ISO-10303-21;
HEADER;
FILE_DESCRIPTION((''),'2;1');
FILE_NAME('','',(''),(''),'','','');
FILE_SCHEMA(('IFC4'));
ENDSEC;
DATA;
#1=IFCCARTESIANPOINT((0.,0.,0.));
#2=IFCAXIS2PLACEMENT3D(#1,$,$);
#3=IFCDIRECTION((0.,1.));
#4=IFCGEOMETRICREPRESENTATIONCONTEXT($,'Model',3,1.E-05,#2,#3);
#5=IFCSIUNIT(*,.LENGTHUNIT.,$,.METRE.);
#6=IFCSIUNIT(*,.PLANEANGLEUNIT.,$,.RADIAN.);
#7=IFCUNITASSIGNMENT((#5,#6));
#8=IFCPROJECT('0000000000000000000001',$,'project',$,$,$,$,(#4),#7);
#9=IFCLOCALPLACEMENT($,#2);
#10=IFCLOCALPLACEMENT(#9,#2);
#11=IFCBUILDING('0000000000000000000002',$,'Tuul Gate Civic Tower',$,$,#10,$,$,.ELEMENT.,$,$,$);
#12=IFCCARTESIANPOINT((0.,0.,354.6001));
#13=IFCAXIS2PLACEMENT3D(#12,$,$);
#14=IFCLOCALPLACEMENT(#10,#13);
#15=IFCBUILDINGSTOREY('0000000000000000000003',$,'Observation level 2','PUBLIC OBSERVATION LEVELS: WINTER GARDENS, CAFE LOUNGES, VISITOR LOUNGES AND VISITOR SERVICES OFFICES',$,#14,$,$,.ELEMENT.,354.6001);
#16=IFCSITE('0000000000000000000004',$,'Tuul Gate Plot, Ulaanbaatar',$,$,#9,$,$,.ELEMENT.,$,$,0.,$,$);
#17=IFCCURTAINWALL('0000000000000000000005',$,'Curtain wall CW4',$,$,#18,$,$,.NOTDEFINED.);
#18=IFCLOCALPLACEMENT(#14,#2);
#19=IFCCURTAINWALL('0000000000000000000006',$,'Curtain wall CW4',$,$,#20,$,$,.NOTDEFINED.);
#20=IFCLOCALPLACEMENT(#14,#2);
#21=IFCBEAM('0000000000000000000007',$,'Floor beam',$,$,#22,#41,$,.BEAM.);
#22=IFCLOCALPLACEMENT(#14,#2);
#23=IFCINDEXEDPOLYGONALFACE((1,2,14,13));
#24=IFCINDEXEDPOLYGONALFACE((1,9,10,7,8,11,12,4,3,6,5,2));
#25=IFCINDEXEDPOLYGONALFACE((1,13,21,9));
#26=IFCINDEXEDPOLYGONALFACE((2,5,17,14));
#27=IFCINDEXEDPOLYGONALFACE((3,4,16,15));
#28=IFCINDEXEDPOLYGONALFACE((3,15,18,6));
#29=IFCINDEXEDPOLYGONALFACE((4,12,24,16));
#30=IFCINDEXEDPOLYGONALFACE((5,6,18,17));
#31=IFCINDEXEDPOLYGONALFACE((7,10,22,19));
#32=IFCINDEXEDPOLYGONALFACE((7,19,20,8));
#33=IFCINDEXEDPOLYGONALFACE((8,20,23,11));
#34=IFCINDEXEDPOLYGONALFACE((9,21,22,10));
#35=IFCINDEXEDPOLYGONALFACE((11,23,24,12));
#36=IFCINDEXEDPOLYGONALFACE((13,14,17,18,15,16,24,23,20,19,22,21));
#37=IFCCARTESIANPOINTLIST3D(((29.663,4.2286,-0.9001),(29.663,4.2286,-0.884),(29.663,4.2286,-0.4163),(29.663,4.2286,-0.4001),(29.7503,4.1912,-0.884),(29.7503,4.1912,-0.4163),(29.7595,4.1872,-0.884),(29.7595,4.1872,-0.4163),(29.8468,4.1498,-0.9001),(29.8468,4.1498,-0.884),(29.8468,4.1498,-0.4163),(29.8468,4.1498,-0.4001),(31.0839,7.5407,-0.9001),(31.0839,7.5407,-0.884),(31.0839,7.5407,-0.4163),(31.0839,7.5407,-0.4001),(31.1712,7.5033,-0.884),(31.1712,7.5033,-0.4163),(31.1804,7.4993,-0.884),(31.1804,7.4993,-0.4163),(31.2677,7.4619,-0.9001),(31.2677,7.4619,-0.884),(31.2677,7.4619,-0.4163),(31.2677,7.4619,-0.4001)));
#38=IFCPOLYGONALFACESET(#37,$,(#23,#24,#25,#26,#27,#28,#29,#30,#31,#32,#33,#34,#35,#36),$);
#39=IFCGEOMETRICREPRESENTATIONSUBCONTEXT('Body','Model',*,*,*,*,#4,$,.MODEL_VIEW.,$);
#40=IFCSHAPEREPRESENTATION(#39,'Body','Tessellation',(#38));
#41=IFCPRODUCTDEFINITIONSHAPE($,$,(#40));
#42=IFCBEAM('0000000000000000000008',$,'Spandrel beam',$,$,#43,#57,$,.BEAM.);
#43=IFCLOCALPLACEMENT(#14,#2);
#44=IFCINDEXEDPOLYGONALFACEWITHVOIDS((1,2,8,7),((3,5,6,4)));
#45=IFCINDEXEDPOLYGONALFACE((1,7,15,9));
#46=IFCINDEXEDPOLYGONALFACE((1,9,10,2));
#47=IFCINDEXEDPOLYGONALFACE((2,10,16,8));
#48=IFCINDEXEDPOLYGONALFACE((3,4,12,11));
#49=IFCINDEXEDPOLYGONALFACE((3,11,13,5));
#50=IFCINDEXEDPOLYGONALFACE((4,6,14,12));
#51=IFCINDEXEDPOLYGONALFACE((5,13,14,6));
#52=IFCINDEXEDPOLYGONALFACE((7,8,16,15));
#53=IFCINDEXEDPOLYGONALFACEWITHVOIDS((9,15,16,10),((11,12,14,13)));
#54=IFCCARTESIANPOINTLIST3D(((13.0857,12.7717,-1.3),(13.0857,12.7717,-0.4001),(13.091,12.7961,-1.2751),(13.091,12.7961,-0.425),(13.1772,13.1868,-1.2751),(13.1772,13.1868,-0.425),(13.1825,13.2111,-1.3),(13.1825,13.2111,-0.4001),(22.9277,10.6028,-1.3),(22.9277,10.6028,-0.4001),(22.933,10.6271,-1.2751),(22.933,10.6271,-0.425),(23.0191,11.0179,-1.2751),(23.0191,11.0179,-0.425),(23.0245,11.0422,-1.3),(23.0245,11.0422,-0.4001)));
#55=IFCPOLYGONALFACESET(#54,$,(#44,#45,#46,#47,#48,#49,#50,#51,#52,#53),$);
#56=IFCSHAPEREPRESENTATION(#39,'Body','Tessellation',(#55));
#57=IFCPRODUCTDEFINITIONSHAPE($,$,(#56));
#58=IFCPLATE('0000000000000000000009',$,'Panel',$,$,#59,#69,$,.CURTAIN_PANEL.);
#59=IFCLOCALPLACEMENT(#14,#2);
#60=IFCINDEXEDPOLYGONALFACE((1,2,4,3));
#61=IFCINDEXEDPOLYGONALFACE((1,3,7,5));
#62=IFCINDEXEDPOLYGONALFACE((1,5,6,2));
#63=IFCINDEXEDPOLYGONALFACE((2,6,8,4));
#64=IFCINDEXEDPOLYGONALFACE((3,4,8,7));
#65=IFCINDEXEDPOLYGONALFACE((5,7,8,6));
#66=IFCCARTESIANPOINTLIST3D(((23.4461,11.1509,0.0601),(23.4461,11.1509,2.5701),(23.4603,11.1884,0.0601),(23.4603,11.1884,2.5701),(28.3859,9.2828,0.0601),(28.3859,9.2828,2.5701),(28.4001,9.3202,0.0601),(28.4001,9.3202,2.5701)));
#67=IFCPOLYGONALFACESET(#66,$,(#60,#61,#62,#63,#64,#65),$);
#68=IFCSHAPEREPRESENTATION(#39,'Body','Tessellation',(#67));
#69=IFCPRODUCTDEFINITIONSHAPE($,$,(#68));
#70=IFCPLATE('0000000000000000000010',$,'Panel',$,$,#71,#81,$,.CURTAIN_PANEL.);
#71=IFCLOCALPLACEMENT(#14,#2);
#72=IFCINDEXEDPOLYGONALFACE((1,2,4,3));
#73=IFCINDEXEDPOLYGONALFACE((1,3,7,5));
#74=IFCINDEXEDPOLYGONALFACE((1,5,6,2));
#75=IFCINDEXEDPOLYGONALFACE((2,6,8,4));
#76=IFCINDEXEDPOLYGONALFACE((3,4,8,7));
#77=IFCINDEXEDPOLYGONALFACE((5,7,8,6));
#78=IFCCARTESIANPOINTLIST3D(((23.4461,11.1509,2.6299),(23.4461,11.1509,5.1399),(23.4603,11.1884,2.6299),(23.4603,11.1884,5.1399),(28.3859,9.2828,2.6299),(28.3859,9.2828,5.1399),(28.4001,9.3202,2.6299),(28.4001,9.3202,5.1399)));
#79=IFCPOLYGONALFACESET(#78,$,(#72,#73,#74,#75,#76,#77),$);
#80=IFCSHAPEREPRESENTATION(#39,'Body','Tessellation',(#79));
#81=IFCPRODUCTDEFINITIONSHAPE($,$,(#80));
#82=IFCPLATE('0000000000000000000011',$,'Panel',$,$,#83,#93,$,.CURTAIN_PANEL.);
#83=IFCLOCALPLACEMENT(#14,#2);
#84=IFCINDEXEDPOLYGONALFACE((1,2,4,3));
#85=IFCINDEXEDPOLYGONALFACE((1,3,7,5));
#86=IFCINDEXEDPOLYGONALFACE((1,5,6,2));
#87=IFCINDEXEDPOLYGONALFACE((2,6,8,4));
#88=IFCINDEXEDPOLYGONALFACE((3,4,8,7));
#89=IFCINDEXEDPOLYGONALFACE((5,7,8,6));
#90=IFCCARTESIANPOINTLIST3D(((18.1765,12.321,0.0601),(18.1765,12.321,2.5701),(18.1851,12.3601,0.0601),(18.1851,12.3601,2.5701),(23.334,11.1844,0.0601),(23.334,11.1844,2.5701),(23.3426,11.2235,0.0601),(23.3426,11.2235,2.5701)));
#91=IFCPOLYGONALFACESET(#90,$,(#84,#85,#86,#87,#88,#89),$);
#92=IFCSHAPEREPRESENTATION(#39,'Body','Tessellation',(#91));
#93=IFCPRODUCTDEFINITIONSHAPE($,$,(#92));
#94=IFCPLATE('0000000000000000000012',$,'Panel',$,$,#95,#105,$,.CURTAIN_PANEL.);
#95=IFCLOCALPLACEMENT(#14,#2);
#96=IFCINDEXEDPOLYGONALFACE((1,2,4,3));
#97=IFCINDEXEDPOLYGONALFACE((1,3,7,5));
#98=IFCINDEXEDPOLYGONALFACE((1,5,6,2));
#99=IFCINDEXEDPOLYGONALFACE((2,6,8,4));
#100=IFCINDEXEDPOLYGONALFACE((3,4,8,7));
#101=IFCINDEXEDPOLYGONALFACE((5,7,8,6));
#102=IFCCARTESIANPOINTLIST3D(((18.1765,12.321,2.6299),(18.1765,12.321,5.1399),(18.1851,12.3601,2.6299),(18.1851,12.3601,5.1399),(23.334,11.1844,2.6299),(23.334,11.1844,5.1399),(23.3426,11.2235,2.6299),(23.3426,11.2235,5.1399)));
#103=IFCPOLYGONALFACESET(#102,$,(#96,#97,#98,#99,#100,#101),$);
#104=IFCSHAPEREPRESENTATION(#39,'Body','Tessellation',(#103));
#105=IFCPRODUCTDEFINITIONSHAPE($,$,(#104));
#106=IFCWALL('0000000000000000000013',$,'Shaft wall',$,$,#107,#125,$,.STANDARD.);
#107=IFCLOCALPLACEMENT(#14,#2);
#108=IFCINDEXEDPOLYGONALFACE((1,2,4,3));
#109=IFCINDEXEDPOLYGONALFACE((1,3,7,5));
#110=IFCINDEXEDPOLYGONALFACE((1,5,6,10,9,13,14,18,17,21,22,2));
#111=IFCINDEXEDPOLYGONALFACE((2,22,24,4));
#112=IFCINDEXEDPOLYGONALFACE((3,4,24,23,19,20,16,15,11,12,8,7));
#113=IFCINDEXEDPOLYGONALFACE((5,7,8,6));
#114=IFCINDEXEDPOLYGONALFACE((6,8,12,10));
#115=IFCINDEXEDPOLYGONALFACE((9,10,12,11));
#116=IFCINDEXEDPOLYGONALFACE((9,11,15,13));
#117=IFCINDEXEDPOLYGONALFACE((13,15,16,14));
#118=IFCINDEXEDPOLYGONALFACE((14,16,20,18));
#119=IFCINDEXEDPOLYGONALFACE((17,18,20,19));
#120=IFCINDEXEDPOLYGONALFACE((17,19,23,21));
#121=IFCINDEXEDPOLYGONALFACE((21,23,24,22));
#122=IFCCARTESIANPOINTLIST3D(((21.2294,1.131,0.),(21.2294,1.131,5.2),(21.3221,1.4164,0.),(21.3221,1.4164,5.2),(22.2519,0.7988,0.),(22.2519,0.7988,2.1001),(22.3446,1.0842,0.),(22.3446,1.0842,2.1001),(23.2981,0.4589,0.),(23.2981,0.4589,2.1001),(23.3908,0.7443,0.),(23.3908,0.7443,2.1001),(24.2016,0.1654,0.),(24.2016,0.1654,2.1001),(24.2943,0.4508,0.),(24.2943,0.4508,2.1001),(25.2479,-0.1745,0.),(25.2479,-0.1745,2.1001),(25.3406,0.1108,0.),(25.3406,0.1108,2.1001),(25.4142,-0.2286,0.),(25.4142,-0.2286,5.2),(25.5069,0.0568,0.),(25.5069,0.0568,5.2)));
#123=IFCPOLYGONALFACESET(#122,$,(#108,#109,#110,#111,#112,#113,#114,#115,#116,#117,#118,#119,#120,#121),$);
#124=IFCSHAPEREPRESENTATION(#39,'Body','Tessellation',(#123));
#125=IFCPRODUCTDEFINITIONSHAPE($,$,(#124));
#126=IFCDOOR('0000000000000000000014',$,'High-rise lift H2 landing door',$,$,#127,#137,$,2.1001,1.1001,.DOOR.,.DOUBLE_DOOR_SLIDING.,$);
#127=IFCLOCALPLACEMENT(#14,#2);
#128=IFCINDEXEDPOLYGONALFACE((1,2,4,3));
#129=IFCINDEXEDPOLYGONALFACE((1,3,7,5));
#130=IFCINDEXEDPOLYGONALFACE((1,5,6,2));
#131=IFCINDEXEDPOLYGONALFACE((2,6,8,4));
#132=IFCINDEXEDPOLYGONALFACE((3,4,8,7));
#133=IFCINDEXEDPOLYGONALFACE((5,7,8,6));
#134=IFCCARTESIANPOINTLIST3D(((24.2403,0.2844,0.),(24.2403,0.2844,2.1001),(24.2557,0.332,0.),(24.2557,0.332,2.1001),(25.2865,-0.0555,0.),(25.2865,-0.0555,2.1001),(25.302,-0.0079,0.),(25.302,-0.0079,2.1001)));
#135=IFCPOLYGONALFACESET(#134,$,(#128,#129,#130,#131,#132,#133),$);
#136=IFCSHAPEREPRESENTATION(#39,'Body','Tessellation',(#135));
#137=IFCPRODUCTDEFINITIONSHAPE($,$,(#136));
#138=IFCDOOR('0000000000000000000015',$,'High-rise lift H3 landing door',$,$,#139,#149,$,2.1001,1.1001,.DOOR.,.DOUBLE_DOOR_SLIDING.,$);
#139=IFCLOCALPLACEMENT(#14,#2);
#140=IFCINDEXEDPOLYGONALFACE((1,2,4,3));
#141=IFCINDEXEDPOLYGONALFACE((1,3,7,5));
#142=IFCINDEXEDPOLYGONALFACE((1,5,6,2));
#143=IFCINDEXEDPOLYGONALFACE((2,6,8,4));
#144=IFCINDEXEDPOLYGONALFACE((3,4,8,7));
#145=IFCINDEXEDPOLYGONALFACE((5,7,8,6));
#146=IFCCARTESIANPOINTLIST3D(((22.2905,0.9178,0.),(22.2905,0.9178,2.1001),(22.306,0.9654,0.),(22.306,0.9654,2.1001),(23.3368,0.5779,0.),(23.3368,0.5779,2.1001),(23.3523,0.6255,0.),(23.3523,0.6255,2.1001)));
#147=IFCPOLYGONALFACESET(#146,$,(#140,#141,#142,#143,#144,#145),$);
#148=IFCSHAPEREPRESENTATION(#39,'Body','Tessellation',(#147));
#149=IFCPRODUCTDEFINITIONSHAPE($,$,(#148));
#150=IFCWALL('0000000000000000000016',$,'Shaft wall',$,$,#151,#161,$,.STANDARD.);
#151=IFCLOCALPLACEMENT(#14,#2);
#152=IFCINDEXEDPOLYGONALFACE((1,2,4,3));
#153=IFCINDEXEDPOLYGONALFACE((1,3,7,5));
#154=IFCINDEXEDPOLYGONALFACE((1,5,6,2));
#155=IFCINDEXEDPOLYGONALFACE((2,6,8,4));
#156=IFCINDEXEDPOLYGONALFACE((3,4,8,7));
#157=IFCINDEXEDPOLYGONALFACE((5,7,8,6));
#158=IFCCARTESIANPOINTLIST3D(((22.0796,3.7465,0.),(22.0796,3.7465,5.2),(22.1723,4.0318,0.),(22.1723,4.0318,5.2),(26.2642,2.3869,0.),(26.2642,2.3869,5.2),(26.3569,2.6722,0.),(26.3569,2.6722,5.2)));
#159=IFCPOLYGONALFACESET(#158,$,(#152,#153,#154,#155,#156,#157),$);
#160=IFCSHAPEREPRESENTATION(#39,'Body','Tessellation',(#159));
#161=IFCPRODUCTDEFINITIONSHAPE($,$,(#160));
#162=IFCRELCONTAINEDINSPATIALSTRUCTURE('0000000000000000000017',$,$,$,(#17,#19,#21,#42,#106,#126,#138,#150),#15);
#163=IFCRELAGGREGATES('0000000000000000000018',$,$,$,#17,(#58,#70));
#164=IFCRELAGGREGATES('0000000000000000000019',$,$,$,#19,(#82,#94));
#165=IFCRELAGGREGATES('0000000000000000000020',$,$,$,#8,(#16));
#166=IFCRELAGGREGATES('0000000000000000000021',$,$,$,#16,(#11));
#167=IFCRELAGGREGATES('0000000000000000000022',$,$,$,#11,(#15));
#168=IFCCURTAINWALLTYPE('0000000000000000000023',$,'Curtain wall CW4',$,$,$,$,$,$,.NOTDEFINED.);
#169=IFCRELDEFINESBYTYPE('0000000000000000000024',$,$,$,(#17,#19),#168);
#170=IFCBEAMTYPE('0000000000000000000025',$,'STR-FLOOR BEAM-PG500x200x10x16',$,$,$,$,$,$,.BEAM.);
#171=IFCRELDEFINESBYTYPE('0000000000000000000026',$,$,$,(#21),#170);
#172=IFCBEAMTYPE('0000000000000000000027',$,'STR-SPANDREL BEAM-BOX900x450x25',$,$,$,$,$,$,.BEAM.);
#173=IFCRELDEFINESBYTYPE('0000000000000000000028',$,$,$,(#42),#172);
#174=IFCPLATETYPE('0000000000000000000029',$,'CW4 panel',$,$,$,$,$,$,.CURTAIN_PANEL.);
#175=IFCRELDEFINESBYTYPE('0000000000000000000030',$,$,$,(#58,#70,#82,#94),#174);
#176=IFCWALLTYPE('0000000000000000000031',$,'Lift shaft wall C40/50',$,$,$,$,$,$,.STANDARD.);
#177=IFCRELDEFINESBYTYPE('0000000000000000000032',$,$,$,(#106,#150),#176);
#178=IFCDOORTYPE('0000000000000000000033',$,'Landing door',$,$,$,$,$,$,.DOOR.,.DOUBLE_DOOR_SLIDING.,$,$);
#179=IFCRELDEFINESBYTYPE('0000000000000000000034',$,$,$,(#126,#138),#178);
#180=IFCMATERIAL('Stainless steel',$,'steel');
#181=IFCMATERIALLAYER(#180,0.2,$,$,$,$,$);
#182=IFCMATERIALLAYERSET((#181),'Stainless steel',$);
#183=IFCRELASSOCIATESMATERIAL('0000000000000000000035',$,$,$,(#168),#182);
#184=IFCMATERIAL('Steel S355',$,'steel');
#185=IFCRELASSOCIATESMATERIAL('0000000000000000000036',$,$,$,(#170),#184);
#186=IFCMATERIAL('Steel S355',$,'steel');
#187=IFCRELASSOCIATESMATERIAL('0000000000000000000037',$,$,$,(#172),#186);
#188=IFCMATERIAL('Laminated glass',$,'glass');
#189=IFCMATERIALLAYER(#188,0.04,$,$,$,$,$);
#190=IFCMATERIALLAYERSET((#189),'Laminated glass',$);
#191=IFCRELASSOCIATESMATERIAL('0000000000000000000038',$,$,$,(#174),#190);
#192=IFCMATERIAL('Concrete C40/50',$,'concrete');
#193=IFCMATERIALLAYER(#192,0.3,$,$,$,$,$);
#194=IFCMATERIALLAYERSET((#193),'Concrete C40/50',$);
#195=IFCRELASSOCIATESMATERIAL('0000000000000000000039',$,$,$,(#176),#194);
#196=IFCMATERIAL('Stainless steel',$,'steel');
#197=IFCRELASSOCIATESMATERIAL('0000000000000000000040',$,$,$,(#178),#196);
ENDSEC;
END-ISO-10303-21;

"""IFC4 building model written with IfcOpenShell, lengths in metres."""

from ifc_helpers import new_model, si_unit, direction, frame, frame_2d, origin, origin_2d, place, context, subcontext, project, spatial, rectangle, hollow_rectangle, i_section, extrude, material, layer, layer_set, material_profile, profile_set, type_object, element, fill, aggregate, save


model = new_model("IFC4")

# Units and contexts
model_context = context("Model", 3, precision=1e-05, world=origin(), true_north=direction((0.0, 1.0)))
body_context = subcontext(model_context, "Body", "Model", "MODEL_VIEW")
ifc_project = project(units=[si_unit("LENGTHUNIT", "METRE"), si_unit("PLANEANGLEUNIT", "RADIAN")], contexts=[model_context])

# Site, building, storey
site_placement = place(None, origin())
site = spatial("IfcSite", under=ifc_project, at=site_placement, Name="Tuul Gate Plot, Ulaanbaatar", CompositionType="ELEMENT", RefElevation=0.0)
building_placement = place(site_placement, origin())
building = spatial("IfcBuilding", under=site, at=building_placement, Name="Tuul Gate Civic Tower", CompositionType="ELEMENT")
storey_placement = place(building_placement, frame((0.0, 0.0, 354.6001)))
storey = spatial("IfcBuildingStorey", under=building, at=storey_placement, Name="Observation level 2", Description="PUBLIC OBSERVATION LEVELS: WINTER GARDENS, CAFE LOUNGES, VISITOR LOUNGES AND VISITOR SERVICES OFFICES", CompositionType="ELEMENT", Elevation=354.6001)

# Curtain wall
ifc_material_1 = material(Name="Stainless steel", Category="steel")
ifc_layer_1 = layer(ifc_material_1, 0.2)
ifc_layer_set_1 = layer_set([ifc_layer_1], Name="Stainless steel")
curtain_wall_type = type_object("IfcCurtainWallType", Name="Curtain wall CW4", PredefinedType="NOTDEFINED", material=ifc_layer_set_1)
curtain_wall_1_placement = place(storey_placement, origin())
curtain_wall_1 = element("IfcCurtainWall", 1, at=curtain_wall_1_placement, inside=storey, type_object=curtain_wall_type, Name="Curtain wall CW4", PredefinedType="NOTDEFINED")

# Curtain wall
curtain_wall_2_placement = place(storey_placement, origin())
curtain_wall_2 = element("IfcCurtainWall", 2, at=curtain_wall_2_placement, inside=storey, type_object=curtain_wall_type, Name="Curtain wall CW4", PredefinedType="NOTDEFINED")

# Beams
ifc_material_2 = material(Name="Steel S355", Category="steel")
ifc_material_profile_1 = material_profile(ifc_material_2, i_section(OverallWidth=0.2, OverallDepth=0.5, WebThickness=0.01, FlangeThickness=0.0161, at=origin_2d()), Name="PG500x200x10x16")
ifc_profile_set_1 = profile_set([ifc_material_profile_1], Name="Steel S355")
beam_type_1 = type_object("IfcBeamType", Name="STR-FLOOR BEAM-PG500x200x10x16", PredefinedType="BEAM", material=ifc_profile_set_1)
beam_1_placement = place(storey_placement, frame((29.7549, 4.1892, -0.6501), z_axis=(0.394263, 0.918998, 0.0), x_axis=(-0.918998, 0.394263, 0.0)))
element("IfcBeam", 3, at=beam_1_placement, inside=storey, type_object=beam_type_1, Name="Floor beam", PredefinedType="BEAM", context=body_context, shape_type="SweptSolid", body=[
    extrude(i_section(OverallWidth=0.2, OverallDepth=0.5, WebThickness=0.01, FlangeThickness=0.0161, at=origin_2d()), origin(), (0.0, 0.0, 1.0), 3.604),
])
ifc_material_3 = material(Name="Steel S355", Category="steel")
ifc_material_profile_2 = material_profile(ifc_material_3, hollow_rectangle(XDim=0.45, YDim=0.8999, WallThickness=0.0249, at=origin_2d()), Name="BOX900x450x25")
ifc_profile_set_2 = profile_set([ifc_material_profile_2], Name="Steel S355")
beam_type_2 = type_object("IfcBeamType", Name="STR-SPANDREL BEAM-BOX900x450x25", PredefinedType="BEAM", material=ifc_profile_set_2)
beam_2_placement = place(storey_placement, frame((22.9761, 10.8225, -0.8501), z_axis=(-0.976567, 0.215212, 0.0), x_axis=(-0.215212, -0.976567, 0.0)))
element("IfcBeam", 4, at=beam_2_placement, inside=storey, type_object=beam_type_2, Name="Spandrel beam", PredefinedType="BEAM", context=body_context, shape_type="SweptSolid", body=[
    extrude(hollow_rectangle(XDim=0.45, YDim=0.8999, WallThickness=0.0249, at=origin_2d()), origin(), (0.0, 0.0, 1.0), 10.0781),
])

# Plates
ifc_material_4 = material(Name="Laminated glass", Category="glass")
ifc_layer_2 = layer(ifc_material_4, 0.04)
ifc_layer_set_2 = layer_set([ifc_layer_2], Name="Laminated glass")
plate_type = type_object("IfcPlateType", Name="CW4 panel", PredefinedType="CURTAIN_PANEL", material=ifc_layer_set_2)
plate_1_placement = place(storey_placement, frame((25.9231, 10.2356, 0.0601), z_axis=(0.0, 0.0, 1.0), x_axis=(-0.935346, 0.353734, 0.0)))
plate_1 = element("IfcPlate", 5, at=plate_1_placement, type_object=plate_type, Name="Panel", PredefinedType="CURTAIN_PANEL", context=body_context, shape_type="SweptSolid", body=[
    extrude(rectangle(XDim=5.2812, YDim=0.04, at=origin_2d()), origin(), (0.0, 0.0, 1.0), 2.51),
])
plate_2_placement = place(storey_placement, frame((25.9231, 10.2356, 2.6299), z_axis=(0.0, 0.0, 1.0), x_axis=(-0.935346, 0.353734, 0.0)))
plate_2 = element("IfcPlate", 6, at=plate_2_placement, type_object=plate_type, Name="Panel", PredefinedType="CURTAIN_PANEL", context=body_context, shape_type="SweptSolid", body=[
    extrude(rectangle(XDim=5.2812, YDim=0.04, at=origin_2d()), origin(), (0.0, 0.0, 1.0), 2.51),
])
aggregate(curtain_wall_1, [plate_1, plate_2])
plate_3_placement = place(storey_placement, frame((20.7595, 11.7722, 0.0601), z_axis=(0.0, 0.0, 1.0), x_axis=(-0.976567, 0.215215, 0.0)))
plate_3 = element("IfcPlate", 7, at=plate_3_placement, type_object=plate_type, Name="Panel", PredefinedType="CURTAIN_PANEL", context=body_context, shape_type="SweptSolid", body=[
    extrude(rectangle(XDim=5.2812, YDim=0.04, at=origin_2d()), origin(), (0.0, 0.0, 1.0), 2.51),
])
plate_4_placement = place(storey_placement, frame((20.7595, 11.7722, 2.6299), z_axis=(0.0, 0.0, 1.0), x_axis=(-0.976567, 0.215215, 0.0)))
plate_4 = element("IfcPlate", 8, at=plate_4_placement, type_object=plate_type, Name="Panel", PredefinedType="CURTAIN_PANEL", context=body_context, shape_type="SweptSolid", body=[
    extrude(rectangle(XDim=5.2812, YDim=0.04, at=origin_2d()), origin(), (0.0, 0.0, 1.0), 2.51),
])
aggregate(curtain_wall_2, [plate_3, plate_4])

# Wall, openings, doors
ifc_material_5 = material(Name="Concrete C40/50", Category="concrete")
ifc_layer_3 = layer(ifc_material_5, 0.3)
ifc_layer_set_3 = layer_set([ifc_layer_3], Name="Concrete C40/50")
wall_type_1 = type_object("IfcWallType", Name="Lift shaft wall C40/50", PredefinedType="STANDARD", material=ifc_layer_set_3)
wall_1_placement = place(storey_placement, frame((25.4607, -0.0859, 0.0), z_axis=(0.0, 0.0, 1.0), x_axis=(-0.951064, 0.308994, 0.0)))
wall_1 = element("IfcWall", 9, at=wall_1_placement, inside=storey, type_object=wall_type_1, Name="Shaft wall", PredefinedType="STANDARD", context=body_context, shape_type="SweptSolid", body=[
    extrude(rectangle(XDim=4.4001, YDim=0.3, at=frame_2d((2.2002, 0.0))), origin(), (0.0, 0.0, 1.0), 5.2),
])
opening_1_placement = place(wall_1_placement, frame((0.175, 0.0, 0.0)))
opening_1 = element("IfcOpeningElement", 10, at=opening_1_placement, cuts=wall_1, PredefinedType="OPENING", context=body_context, shape_type="SweptSolid", body=[
    extrude(rectangle(XDim=1.1001, YDim=2.1001, at=frame_2d((0.55, 1.05))), frame((0.0, 0.1602, 0.0), z_axis=(0.0, -1.0, 0.0), x_axis=(1.0, 0.0, 0.0)), (0.0, 0.0, 1.0), 0.3201),
])
opening_2_placement = place(wall_1_placement, frame((2.2251, 0.0, 0.0)))
opening_2 = element("IfcOpeningElement", 11, at=opening_2_placement, cuts=wall_1, PredefinedType="OPENING", context=body_context, shape_type="SweptSolid", body=[
    extrude(rectangle(XDim=1.1001, YDim=2.1001, at=frame_2d((0.55, 1.05))), frame((0.0, 0.1602, 0.0), z_axis=(0.0, -1.0, 0.0), x_axis=(1.0, 0.0, 0.0)), (0.0, 0.0, 1.0), 0.3201),
])
ifc_material_6 = material(Name="Stainless steel", Category="steel")
door_type_1 = type_object("IfcDoorType", Name="Landing door", OperationType="DOUBLE_DOOR_SLIDING", PredefinedType="DOOR", material=ifc_material_6)
door_1_placement = place(opening_1_placement, origin())
door_1 = element("IfcDoor", 12, at=door_1_placement, inside=storey, type_object=door_type_1, Name="High-rise lift H2 landing door", OperationType="DOUBLE_DOOR_SLIDING", OverallHeight=2.1001, OverallWidth=1.1001, PredefinedType="DOOR", context=body_context, shape_type="SweptSolid", body=[
    extrude(rectangle(XDim=1.1001, YDim=2.1001, at=frame_2d((0.55, 1.05))), frame((0.0, 0.0249, 0.0), z_axis=(0.0, -1.0, 0.0), x_axis=(1.0, 0.0, 0.0)), (0.0, 0.0, 1.0), 0.05),
])
fill(opening_1, door_1)
door_2_placement = place(opening_2_placement, origin())
door_2 = element("IfcDoor", 13, at=door_2_placement, inside=storey, type_object=door_type_1, Name="High-rise lift H3 landing door", OperationType="DOUBLE_DOOR_SLIDING", OverallHeight=2.1001, OverallWidth=1.1001, PredefinedType="DOOR", context=body_context, shape_type="SweptSolid", body=[
    extrude(rectangle(XDim=1.1001, YDim=2.1001, at=frame_2d((0.55, 1.05))), frame((0.0, 0.0249, 0.0), z_axis=(0.0, -1.0, 0.0), x_axis=(1.0, 0.0, 0.0)), (0.0, 0.0, 1.0), 0.05),
])
fill(opening_2, door_2)

# Wall
wall_2_placement = place(storey_placement, frame((26.3105, 2.5295, 0.0), z_axis=(0.0, 0.0, 1.0), x_axis=(-0.951059, 0.309011, 0.0)))
element("IfcWall", 14, at=wall_2_placement, inside=storey, type_object=wall_type_1, Name="Shaft wall", PredefinedType="STANDARD", context=body_context, shape_type="SweptSolid", body=[
    extrude(rectangle(XDim=4.3999, YDim=0.3, at=frame_2d((2.2, 0.0))), origin(), (0.0, 0.0, 1.0), 5.2),
])

save(model, "model.ifc")
